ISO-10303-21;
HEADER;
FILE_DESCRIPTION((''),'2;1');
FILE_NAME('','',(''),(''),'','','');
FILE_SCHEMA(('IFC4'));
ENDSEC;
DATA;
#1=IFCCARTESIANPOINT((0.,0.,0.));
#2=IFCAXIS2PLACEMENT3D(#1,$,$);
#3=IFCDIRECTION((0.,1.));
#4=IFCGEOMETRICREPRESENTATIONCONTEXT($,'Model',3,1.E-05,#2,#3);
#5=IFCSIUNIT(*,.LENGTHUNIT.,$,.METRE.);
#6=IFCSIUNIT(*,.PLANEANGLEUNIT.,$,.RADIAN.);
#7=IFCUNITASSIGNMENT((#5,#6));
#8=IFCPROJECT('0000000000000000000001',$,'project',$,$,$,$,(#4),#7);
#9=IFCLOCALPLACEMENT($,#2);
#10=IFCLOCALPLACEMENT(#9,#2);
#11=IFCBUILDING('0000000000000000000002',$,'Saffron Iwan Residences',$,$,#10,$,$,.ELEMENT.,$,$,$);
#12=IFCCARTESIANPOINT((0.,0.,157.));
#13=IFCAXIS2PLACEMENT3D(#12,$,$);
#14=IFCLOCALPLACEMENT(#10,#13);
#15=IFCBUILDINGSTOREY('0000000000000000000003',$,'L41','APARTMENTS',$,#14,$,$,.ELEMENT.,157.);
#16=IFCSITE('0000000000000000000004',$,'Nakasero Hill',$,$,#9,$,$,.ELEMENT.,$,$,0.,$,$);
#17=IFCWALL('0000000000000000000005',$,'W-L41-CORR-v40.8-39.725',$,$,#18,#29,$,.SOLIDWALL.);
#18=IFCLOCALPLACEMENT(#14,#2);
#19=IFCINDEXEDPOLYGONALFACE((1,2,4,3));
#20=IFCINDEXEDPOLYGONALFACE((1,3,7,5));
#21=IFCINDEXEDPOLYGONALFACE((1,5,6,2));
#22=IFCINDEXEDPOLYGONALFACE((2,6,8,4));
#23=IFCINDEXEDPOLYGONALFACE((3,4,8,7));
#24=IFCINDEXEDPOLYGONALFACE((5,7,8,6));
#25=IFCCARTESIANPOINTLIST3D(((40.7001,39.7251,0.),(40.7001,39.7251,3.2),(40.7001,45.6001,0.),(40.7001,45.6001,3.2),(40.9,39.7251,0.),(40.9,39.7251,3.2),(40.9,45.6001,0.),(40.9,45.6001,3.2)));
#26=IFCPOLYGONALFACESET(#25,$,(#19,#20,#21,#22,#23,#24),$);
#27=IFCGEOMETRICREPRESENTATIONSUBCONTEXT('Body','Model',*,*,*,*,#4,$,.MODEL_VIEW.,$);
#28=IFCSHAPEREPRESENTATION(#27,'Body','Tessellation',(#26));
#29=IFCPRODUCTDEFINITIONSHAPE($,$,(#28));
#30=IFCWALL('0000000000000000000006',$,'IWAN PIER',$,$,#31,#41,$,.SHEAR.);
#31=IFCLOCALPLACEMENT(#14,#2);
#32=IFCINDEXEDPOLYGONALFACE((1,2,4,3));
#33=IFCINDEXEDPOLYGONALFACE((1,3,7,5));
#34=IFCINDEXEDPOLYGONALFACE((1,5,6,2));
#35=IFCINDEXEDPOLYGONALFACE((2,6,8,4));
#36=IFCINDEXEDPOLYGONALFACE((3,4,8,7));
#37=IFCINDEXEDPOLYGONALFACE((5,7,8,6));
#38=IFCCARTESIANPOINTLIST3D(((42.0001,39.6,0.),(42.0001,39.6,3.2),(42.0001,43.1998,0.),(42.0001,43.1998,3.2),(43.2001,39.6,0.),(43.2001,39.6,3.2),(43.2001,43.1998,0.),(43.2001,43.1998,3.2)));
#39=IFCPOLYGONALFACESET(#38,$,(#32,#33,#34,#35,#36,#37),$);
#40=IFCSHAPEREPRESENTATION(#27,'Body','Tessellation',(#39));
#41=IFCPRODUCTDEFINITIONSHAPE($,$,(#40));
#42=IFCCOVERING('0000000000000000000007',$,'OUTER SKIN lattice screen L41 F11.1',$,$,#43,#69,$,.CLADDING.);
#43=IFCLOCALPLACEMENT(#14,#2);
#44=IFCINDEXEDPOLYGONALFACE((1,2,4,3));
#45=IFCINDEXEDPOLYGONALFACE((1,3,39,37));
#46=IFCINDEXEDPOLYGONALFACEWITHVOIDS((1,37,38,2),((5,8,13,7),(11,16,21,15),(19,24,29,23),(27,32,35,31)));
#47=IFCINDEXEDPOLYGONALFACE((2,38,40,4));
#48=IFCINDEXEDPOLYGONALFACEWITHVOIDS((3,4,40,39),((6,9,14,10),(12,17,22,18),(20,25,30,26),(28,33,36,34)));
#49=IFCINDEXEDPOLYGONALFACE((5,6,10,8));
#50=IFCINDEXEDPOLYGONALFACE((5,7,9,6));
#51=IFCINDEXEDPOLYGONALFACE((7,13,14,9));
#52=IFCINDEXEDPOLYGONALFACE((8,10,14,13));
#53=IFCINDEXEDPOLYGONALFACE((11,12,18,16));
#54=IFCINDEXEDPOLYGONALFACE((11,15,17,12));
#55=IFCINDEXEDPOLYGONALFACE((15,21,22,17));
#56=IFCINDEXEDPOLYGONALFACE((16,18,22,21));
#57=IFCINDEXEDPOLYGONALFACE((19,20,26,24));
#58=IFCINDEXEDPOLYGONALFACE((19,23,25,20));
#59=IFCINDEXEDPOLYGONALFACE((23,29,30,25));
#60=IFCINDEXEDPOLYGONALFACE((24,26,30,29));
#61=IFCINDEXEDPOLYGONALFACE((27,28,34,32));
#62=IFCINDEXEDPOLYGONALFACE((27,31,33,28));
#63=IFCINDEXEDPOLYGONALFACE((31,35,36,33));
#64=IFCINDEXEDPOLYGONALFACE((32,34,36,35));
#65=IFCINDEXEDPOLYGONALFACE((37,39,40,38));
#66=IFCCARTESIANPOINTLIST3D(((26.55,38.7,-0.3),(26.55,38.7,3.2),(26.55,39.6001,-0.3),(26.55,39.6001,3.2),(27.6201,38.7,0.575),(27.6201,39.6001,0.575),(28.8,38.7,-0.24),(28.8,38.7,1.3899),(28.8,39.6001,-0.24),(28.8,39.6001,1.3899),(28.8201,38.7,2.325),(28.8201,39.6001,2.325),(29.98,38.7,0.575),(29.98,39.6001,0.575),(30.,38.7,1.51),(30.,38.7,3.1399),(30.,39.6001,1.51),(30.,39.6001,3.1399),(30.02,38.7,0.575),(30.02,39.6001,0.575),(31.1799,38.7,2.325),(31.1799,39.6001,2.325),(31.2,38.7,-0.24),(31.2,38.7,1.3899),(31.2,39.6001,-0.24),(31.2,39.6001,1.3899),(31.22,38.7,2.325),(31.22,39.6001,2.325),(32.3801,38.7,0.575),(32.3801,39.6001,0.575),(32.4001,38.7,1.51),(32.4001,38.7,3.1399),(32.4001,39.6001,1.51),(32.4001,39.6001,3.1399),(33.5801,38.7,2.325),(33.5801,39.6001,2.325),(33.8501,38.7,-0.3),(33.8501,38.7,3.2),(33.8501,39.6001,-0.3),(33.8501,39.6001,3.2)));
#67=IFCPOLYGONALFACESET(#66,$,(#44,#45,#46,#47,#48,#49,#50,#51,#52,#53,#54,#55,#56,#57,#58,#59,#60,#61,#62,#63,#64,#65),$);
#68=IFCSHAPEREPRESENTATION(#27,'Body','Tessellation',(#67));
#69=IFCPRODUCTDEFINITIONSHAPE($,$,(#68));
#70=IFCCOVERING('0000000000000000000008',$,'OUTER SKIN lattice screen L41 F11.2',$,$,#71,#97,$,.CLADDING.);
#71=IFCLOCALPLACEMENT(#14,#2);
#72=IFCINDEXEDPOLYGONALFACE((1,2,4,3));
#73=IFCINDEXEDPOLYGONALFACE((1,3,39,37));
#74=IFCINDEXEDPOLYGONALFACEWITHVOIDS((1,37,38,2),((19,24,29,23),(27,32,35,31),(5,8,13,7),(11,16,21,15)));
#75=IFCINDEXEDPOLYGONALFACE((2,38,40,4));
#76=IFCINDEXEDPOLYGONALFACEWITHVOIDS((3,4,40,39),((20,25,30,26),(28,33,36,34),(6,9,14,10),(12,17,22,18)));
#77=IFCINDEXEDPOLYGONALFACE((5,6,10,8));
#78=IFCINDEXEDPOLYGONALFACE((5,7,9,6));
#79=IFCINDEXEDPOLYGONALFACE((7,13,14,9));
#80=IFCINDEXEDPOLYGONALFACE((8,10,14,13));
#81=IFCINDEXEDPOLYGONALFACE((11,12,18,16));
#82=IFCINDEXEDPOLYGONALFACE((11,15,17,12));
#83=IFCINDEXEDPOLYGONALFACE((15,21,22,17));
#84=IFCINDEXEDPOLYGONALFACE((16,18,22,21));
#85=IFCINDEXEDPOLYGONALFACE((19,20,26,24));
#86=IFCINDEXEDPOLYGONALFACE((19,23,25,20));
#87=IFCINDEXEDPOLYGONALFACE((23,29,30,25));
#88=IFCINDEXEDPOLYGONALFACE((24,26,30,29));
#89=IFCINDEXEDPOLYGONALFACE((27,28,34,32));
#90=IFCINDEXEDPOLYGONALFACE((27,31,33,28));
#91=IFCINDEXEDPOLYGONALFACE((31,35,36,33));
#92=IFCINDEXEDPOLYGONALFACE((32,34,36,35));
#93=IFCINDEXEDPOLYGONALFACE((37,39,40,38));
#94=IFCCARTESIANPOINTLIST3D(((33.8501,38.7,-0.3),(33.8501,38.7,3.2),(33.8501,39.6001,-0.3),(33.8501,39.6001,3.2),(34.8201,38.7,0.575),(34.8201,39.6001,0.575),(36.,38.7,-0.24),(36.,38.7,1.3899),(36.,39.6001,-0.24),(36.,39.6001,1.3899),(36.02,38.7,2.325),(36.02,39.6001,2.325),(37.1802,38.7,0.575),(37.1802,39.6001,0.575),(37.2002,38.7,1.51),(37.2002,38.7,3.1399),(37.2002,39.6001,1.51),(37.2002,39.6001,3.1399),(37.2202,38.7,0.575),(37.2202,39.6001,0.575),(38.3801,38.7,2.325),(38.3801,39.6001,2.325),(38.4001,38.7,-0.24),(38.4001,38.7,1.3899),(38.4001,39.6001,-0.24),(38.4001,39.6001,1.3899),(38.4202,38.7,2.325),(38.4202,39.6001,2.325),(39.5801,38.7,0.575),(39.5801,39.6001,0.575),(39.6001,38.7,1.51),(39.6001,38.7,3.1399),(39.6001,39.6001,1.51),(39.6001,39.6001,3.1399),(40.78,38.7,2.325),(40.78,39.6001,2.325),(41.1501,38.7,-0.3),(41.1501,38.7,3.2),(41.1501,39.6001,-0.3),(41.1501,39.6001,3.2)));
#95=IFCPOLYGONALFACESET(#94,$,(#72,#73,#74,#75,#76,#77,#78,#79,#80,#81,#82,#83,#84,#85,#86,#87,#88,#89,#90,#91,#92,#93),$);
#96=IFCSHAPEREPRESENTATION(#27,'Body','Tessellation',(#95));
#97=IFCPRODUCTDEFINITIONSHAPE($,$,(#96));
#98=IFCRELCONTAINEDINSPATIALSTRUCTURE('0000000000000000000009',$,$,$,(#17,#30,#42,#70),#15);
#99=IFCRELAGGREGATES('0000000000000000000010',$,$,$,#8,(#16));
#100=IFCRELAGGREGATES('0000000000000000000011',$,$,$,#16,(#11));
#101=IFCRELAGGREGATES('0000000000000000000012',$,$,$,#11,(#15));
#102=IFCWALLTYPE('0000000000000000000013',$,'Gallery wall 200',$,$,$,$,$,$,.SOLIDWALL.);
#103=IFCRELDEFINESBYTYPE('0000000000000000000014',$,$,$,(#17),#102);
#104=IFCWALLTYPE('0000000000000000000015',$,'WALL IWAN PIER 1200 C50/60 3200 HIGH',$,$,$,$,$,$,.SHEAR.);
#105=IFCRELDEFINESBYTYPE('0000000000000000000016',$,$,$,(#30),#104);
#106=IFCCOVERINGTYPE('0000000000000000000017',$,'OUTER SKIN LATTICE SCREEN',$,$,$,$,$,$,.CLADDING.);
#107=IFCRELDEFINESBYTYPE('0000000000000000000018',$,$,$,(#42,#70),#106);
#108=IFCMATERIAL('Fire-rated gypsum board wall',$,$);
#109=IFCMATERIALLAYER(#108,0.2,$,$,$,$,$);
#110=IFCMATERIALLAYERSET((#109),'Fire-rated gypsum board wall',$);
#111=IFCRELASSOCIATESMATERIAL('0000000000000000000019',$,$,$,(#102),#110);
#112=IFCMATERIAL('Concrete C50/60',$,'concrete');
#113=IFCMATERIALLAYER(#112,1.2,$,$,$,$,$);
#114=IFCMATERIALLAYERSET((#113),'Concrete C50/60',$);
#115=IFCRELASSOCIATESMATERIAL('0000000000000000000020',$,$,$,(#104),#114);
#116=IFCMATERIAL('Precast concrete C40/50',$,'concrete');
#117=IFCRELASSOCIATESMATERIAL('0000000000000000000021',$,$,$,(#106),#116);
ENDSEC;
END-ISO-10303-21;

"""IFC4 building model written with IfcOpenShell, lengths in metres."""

from ifc_helpers import new_model, si_unit, direction, frame, frame_2d, origin, place, context, subcontext, project, spatial, polyline, rectangle, outline, extrude, material, layer, layer_set, type_object, element, save


model = new_model("IFC4")

# Units and contexts
model_context = context("Model", 3, precision=1e-05, world=origin(), true_north=direction((0.0, 1.0)))
body_context = subcontext(model_context, "Body", "Model", "MODEL_VIEW")
ifc_project = project(units=[si_unit("LENGTHUNIT", "METRE"), si_unit("PLANEANGLEUNIT", "RADIAN")], contexts=[model_context])

# Site, building, storey
site_placement = place(None, origin())
site = spatial("IfcSite", under=ifc_project, at=site_placement, Name="Nakasero Hill", CompositionType="ELEMENT", RefElevation=0.0)
building_placement = place(site_placement, origin())
building = spatial("IfcBuilding", under=site, at=building_placement, Name="Saffron Iwan Residences", CompositionType="ELEMENT")
storey_placement = place(building_placement, frame((0.0, 0.0, 157.0)))
storey = spatial("IfcBuildingStorey", under=building, at=storey_placement, Name="L41", Description="APARTMENTS", CompositionType="ELEMENT", Elevation=157.0)

# Shared definitions
ifc_material_1 = material(Name="Concrete C50/60", Category="concrete")

# Shared definitions
ifc_material_2 = material(Name="Fire-rated gypsum board wall")
ifc_layer_1 = layer(ifc_material_2, 0.2)
ifc_layer_set_1 = layer_set([ifc_layer_1], Name="Fire-rated gypsum board wall")
wall_type_1 = type_object("IfcWallType", Name="Gallery wall 200", PredefinedType="SOLIDWALL", material=ifc_layer_set_1)

# Walls
wall_1_placement = place(storey_placement, frame((40.8, 39.7251, 0.0), z_axis=(0.0, 0.0, 1.0), x_axis=(0.0, 1.0, 0.0)))
element("IfcWall", 1, at=wall_1_placement, inside=storey, type_object=wall_type_1, Name="W-L41-CORR-v40.8-39.725", PredefinedType="SOLIDWALL", context=body_context, shape_type="SweptSolid", body=[
    extrude(rectangle(XDim=5.875, YDim=0.2, at=frame_2d((2.9375, 0.0))), origin(), (0.0, 0.0, 1.0), 3.2),
])
ifc_layer_2 = layer(ifc_material_1, 1.2)
ifc_layer_set_2 = layer_set([ifc_layer_2], Name="Concrete C50/60")
wall_type_2 = type_object("IfcWallType", Name="WALL IWAN PIER 1200 C50/60 3200 HIGH", PredefinedType="SHEAR", material=ifc_layer_set_2)
wall_2_placement = place(storey_placement, frame((42.6001, 39.6001, 0.0), z_axis=(0.0, 0.0, 1.0), x_axis=(0.0, 1.0, 0.0)))
element("IfcWall", 2, at=wall_2_placement, inside=storey, type_object=wall_type_2, Name="IWAN PIER", PredefinedType="SHEAR", context=body_context, shape_type="SweptSolid", body=[
    extrude(rectangle(XDim=3.5999, YDim=1.2, at=frame_2d((1.7998, 0.0))), origin(), (0.0, 0.0, 1.0), 3.2),
])

# Coverings
ifc_material_3 = material(Name="Precast concrete C40/50", Category="concrete")
covering_type = type_object("IfcCoveringType", Name="OUTER SKIN LATTICE SCREEN", PredefinedType="CLADDING", material=ifc_material_3)
covering_1_placement = place(storey_placement, frame((26.55, 39.6001, -0.3), z_axis=(0.0, -1.0, 0.0), x_axis=(1.0, 0.0, 0.0)))
element("IfcCovering", 3, at=covering_1_placement, inside=storey, type_object=covering_type, Name="OUTER SKIN lattice screen L41 F11.1", PredefinedType="CLADDING", context=body_context, shape_type="SweptSolid", body=[
    extrude(outline(polyline([(0.0, 0.0), (7.3, 0.0), (7.3, 3.5), (0.0, 3.5), (0.0, 0.0)]), holes=[polyline([(1.0701, 0.875), (2.25, 0.0601), (3.4299, 0.875), (2.25, 1.6899), (1.0701, 0.875)]), polyline([(3.47, 0.875), (4.6499, 0.0601), (5.8301, 0.875), (4.6499, 1.6899), (3.47, 0.875)]), polyline([(2.27, 2.625), (3.45, 1.8101), (4.6299, 2.625), (3.45, 3.4399), (2.27, 2.625)]), polyline([(4.6699, 2.625), (5.8501, 1.8101), (7.03, 2.625), (5.8501, 3.4399), (4.6699, 2.625)])]), origin(), (0.0, 0.0, 1.0), 0.9001),
])
covering_2_placement = place(storey_placement, frame((33.8501, 39.6001, -0.3), z_axis=(0.0, -1.0, 0.0), x_axis=(1.0, 0.0, 0.0)))
element("IfcCovering", 4, at=covering_2_placement, inside=storey, type_object=covering_type, Name="OUTER SKIN lattice screen L41 F11.2", PredefinedType="CLADDING", context=body_context, shape_type="SweptSolid", body=[
    extrude(outline(polyline([(0.0, 0.0), (7.3, 0.0), (7.3, 3.5), (0.0, 3.5), (0.0, 0.0)]), holes=[polyline([(0.97, 0.875), (2.1499, 0.0601), (3.3301, 0.875), (2.1499, 1.6899), (0.97, 0.875)]), polyline([(3.3701, 0.875), (4.55, 0.0601), (5.73, 0.875), (4.55, 1.6899), (3.3701, 0.875)]), polyline([(2.1699, 2.625), (3.3501, 1.8101), (4.53, 2.625), (3.3501, 3.4399), (2.1699, 2.625)]), polyline([(4.5701, 2.625), (5.75, 1.8101), (6.9299, 2.625), (5.75, 3.4399), (4.5701, 2.625)])]), origin(), (0.0, 0.0, 1.0), 0.9001),
])

save(model, "model.ifc")
